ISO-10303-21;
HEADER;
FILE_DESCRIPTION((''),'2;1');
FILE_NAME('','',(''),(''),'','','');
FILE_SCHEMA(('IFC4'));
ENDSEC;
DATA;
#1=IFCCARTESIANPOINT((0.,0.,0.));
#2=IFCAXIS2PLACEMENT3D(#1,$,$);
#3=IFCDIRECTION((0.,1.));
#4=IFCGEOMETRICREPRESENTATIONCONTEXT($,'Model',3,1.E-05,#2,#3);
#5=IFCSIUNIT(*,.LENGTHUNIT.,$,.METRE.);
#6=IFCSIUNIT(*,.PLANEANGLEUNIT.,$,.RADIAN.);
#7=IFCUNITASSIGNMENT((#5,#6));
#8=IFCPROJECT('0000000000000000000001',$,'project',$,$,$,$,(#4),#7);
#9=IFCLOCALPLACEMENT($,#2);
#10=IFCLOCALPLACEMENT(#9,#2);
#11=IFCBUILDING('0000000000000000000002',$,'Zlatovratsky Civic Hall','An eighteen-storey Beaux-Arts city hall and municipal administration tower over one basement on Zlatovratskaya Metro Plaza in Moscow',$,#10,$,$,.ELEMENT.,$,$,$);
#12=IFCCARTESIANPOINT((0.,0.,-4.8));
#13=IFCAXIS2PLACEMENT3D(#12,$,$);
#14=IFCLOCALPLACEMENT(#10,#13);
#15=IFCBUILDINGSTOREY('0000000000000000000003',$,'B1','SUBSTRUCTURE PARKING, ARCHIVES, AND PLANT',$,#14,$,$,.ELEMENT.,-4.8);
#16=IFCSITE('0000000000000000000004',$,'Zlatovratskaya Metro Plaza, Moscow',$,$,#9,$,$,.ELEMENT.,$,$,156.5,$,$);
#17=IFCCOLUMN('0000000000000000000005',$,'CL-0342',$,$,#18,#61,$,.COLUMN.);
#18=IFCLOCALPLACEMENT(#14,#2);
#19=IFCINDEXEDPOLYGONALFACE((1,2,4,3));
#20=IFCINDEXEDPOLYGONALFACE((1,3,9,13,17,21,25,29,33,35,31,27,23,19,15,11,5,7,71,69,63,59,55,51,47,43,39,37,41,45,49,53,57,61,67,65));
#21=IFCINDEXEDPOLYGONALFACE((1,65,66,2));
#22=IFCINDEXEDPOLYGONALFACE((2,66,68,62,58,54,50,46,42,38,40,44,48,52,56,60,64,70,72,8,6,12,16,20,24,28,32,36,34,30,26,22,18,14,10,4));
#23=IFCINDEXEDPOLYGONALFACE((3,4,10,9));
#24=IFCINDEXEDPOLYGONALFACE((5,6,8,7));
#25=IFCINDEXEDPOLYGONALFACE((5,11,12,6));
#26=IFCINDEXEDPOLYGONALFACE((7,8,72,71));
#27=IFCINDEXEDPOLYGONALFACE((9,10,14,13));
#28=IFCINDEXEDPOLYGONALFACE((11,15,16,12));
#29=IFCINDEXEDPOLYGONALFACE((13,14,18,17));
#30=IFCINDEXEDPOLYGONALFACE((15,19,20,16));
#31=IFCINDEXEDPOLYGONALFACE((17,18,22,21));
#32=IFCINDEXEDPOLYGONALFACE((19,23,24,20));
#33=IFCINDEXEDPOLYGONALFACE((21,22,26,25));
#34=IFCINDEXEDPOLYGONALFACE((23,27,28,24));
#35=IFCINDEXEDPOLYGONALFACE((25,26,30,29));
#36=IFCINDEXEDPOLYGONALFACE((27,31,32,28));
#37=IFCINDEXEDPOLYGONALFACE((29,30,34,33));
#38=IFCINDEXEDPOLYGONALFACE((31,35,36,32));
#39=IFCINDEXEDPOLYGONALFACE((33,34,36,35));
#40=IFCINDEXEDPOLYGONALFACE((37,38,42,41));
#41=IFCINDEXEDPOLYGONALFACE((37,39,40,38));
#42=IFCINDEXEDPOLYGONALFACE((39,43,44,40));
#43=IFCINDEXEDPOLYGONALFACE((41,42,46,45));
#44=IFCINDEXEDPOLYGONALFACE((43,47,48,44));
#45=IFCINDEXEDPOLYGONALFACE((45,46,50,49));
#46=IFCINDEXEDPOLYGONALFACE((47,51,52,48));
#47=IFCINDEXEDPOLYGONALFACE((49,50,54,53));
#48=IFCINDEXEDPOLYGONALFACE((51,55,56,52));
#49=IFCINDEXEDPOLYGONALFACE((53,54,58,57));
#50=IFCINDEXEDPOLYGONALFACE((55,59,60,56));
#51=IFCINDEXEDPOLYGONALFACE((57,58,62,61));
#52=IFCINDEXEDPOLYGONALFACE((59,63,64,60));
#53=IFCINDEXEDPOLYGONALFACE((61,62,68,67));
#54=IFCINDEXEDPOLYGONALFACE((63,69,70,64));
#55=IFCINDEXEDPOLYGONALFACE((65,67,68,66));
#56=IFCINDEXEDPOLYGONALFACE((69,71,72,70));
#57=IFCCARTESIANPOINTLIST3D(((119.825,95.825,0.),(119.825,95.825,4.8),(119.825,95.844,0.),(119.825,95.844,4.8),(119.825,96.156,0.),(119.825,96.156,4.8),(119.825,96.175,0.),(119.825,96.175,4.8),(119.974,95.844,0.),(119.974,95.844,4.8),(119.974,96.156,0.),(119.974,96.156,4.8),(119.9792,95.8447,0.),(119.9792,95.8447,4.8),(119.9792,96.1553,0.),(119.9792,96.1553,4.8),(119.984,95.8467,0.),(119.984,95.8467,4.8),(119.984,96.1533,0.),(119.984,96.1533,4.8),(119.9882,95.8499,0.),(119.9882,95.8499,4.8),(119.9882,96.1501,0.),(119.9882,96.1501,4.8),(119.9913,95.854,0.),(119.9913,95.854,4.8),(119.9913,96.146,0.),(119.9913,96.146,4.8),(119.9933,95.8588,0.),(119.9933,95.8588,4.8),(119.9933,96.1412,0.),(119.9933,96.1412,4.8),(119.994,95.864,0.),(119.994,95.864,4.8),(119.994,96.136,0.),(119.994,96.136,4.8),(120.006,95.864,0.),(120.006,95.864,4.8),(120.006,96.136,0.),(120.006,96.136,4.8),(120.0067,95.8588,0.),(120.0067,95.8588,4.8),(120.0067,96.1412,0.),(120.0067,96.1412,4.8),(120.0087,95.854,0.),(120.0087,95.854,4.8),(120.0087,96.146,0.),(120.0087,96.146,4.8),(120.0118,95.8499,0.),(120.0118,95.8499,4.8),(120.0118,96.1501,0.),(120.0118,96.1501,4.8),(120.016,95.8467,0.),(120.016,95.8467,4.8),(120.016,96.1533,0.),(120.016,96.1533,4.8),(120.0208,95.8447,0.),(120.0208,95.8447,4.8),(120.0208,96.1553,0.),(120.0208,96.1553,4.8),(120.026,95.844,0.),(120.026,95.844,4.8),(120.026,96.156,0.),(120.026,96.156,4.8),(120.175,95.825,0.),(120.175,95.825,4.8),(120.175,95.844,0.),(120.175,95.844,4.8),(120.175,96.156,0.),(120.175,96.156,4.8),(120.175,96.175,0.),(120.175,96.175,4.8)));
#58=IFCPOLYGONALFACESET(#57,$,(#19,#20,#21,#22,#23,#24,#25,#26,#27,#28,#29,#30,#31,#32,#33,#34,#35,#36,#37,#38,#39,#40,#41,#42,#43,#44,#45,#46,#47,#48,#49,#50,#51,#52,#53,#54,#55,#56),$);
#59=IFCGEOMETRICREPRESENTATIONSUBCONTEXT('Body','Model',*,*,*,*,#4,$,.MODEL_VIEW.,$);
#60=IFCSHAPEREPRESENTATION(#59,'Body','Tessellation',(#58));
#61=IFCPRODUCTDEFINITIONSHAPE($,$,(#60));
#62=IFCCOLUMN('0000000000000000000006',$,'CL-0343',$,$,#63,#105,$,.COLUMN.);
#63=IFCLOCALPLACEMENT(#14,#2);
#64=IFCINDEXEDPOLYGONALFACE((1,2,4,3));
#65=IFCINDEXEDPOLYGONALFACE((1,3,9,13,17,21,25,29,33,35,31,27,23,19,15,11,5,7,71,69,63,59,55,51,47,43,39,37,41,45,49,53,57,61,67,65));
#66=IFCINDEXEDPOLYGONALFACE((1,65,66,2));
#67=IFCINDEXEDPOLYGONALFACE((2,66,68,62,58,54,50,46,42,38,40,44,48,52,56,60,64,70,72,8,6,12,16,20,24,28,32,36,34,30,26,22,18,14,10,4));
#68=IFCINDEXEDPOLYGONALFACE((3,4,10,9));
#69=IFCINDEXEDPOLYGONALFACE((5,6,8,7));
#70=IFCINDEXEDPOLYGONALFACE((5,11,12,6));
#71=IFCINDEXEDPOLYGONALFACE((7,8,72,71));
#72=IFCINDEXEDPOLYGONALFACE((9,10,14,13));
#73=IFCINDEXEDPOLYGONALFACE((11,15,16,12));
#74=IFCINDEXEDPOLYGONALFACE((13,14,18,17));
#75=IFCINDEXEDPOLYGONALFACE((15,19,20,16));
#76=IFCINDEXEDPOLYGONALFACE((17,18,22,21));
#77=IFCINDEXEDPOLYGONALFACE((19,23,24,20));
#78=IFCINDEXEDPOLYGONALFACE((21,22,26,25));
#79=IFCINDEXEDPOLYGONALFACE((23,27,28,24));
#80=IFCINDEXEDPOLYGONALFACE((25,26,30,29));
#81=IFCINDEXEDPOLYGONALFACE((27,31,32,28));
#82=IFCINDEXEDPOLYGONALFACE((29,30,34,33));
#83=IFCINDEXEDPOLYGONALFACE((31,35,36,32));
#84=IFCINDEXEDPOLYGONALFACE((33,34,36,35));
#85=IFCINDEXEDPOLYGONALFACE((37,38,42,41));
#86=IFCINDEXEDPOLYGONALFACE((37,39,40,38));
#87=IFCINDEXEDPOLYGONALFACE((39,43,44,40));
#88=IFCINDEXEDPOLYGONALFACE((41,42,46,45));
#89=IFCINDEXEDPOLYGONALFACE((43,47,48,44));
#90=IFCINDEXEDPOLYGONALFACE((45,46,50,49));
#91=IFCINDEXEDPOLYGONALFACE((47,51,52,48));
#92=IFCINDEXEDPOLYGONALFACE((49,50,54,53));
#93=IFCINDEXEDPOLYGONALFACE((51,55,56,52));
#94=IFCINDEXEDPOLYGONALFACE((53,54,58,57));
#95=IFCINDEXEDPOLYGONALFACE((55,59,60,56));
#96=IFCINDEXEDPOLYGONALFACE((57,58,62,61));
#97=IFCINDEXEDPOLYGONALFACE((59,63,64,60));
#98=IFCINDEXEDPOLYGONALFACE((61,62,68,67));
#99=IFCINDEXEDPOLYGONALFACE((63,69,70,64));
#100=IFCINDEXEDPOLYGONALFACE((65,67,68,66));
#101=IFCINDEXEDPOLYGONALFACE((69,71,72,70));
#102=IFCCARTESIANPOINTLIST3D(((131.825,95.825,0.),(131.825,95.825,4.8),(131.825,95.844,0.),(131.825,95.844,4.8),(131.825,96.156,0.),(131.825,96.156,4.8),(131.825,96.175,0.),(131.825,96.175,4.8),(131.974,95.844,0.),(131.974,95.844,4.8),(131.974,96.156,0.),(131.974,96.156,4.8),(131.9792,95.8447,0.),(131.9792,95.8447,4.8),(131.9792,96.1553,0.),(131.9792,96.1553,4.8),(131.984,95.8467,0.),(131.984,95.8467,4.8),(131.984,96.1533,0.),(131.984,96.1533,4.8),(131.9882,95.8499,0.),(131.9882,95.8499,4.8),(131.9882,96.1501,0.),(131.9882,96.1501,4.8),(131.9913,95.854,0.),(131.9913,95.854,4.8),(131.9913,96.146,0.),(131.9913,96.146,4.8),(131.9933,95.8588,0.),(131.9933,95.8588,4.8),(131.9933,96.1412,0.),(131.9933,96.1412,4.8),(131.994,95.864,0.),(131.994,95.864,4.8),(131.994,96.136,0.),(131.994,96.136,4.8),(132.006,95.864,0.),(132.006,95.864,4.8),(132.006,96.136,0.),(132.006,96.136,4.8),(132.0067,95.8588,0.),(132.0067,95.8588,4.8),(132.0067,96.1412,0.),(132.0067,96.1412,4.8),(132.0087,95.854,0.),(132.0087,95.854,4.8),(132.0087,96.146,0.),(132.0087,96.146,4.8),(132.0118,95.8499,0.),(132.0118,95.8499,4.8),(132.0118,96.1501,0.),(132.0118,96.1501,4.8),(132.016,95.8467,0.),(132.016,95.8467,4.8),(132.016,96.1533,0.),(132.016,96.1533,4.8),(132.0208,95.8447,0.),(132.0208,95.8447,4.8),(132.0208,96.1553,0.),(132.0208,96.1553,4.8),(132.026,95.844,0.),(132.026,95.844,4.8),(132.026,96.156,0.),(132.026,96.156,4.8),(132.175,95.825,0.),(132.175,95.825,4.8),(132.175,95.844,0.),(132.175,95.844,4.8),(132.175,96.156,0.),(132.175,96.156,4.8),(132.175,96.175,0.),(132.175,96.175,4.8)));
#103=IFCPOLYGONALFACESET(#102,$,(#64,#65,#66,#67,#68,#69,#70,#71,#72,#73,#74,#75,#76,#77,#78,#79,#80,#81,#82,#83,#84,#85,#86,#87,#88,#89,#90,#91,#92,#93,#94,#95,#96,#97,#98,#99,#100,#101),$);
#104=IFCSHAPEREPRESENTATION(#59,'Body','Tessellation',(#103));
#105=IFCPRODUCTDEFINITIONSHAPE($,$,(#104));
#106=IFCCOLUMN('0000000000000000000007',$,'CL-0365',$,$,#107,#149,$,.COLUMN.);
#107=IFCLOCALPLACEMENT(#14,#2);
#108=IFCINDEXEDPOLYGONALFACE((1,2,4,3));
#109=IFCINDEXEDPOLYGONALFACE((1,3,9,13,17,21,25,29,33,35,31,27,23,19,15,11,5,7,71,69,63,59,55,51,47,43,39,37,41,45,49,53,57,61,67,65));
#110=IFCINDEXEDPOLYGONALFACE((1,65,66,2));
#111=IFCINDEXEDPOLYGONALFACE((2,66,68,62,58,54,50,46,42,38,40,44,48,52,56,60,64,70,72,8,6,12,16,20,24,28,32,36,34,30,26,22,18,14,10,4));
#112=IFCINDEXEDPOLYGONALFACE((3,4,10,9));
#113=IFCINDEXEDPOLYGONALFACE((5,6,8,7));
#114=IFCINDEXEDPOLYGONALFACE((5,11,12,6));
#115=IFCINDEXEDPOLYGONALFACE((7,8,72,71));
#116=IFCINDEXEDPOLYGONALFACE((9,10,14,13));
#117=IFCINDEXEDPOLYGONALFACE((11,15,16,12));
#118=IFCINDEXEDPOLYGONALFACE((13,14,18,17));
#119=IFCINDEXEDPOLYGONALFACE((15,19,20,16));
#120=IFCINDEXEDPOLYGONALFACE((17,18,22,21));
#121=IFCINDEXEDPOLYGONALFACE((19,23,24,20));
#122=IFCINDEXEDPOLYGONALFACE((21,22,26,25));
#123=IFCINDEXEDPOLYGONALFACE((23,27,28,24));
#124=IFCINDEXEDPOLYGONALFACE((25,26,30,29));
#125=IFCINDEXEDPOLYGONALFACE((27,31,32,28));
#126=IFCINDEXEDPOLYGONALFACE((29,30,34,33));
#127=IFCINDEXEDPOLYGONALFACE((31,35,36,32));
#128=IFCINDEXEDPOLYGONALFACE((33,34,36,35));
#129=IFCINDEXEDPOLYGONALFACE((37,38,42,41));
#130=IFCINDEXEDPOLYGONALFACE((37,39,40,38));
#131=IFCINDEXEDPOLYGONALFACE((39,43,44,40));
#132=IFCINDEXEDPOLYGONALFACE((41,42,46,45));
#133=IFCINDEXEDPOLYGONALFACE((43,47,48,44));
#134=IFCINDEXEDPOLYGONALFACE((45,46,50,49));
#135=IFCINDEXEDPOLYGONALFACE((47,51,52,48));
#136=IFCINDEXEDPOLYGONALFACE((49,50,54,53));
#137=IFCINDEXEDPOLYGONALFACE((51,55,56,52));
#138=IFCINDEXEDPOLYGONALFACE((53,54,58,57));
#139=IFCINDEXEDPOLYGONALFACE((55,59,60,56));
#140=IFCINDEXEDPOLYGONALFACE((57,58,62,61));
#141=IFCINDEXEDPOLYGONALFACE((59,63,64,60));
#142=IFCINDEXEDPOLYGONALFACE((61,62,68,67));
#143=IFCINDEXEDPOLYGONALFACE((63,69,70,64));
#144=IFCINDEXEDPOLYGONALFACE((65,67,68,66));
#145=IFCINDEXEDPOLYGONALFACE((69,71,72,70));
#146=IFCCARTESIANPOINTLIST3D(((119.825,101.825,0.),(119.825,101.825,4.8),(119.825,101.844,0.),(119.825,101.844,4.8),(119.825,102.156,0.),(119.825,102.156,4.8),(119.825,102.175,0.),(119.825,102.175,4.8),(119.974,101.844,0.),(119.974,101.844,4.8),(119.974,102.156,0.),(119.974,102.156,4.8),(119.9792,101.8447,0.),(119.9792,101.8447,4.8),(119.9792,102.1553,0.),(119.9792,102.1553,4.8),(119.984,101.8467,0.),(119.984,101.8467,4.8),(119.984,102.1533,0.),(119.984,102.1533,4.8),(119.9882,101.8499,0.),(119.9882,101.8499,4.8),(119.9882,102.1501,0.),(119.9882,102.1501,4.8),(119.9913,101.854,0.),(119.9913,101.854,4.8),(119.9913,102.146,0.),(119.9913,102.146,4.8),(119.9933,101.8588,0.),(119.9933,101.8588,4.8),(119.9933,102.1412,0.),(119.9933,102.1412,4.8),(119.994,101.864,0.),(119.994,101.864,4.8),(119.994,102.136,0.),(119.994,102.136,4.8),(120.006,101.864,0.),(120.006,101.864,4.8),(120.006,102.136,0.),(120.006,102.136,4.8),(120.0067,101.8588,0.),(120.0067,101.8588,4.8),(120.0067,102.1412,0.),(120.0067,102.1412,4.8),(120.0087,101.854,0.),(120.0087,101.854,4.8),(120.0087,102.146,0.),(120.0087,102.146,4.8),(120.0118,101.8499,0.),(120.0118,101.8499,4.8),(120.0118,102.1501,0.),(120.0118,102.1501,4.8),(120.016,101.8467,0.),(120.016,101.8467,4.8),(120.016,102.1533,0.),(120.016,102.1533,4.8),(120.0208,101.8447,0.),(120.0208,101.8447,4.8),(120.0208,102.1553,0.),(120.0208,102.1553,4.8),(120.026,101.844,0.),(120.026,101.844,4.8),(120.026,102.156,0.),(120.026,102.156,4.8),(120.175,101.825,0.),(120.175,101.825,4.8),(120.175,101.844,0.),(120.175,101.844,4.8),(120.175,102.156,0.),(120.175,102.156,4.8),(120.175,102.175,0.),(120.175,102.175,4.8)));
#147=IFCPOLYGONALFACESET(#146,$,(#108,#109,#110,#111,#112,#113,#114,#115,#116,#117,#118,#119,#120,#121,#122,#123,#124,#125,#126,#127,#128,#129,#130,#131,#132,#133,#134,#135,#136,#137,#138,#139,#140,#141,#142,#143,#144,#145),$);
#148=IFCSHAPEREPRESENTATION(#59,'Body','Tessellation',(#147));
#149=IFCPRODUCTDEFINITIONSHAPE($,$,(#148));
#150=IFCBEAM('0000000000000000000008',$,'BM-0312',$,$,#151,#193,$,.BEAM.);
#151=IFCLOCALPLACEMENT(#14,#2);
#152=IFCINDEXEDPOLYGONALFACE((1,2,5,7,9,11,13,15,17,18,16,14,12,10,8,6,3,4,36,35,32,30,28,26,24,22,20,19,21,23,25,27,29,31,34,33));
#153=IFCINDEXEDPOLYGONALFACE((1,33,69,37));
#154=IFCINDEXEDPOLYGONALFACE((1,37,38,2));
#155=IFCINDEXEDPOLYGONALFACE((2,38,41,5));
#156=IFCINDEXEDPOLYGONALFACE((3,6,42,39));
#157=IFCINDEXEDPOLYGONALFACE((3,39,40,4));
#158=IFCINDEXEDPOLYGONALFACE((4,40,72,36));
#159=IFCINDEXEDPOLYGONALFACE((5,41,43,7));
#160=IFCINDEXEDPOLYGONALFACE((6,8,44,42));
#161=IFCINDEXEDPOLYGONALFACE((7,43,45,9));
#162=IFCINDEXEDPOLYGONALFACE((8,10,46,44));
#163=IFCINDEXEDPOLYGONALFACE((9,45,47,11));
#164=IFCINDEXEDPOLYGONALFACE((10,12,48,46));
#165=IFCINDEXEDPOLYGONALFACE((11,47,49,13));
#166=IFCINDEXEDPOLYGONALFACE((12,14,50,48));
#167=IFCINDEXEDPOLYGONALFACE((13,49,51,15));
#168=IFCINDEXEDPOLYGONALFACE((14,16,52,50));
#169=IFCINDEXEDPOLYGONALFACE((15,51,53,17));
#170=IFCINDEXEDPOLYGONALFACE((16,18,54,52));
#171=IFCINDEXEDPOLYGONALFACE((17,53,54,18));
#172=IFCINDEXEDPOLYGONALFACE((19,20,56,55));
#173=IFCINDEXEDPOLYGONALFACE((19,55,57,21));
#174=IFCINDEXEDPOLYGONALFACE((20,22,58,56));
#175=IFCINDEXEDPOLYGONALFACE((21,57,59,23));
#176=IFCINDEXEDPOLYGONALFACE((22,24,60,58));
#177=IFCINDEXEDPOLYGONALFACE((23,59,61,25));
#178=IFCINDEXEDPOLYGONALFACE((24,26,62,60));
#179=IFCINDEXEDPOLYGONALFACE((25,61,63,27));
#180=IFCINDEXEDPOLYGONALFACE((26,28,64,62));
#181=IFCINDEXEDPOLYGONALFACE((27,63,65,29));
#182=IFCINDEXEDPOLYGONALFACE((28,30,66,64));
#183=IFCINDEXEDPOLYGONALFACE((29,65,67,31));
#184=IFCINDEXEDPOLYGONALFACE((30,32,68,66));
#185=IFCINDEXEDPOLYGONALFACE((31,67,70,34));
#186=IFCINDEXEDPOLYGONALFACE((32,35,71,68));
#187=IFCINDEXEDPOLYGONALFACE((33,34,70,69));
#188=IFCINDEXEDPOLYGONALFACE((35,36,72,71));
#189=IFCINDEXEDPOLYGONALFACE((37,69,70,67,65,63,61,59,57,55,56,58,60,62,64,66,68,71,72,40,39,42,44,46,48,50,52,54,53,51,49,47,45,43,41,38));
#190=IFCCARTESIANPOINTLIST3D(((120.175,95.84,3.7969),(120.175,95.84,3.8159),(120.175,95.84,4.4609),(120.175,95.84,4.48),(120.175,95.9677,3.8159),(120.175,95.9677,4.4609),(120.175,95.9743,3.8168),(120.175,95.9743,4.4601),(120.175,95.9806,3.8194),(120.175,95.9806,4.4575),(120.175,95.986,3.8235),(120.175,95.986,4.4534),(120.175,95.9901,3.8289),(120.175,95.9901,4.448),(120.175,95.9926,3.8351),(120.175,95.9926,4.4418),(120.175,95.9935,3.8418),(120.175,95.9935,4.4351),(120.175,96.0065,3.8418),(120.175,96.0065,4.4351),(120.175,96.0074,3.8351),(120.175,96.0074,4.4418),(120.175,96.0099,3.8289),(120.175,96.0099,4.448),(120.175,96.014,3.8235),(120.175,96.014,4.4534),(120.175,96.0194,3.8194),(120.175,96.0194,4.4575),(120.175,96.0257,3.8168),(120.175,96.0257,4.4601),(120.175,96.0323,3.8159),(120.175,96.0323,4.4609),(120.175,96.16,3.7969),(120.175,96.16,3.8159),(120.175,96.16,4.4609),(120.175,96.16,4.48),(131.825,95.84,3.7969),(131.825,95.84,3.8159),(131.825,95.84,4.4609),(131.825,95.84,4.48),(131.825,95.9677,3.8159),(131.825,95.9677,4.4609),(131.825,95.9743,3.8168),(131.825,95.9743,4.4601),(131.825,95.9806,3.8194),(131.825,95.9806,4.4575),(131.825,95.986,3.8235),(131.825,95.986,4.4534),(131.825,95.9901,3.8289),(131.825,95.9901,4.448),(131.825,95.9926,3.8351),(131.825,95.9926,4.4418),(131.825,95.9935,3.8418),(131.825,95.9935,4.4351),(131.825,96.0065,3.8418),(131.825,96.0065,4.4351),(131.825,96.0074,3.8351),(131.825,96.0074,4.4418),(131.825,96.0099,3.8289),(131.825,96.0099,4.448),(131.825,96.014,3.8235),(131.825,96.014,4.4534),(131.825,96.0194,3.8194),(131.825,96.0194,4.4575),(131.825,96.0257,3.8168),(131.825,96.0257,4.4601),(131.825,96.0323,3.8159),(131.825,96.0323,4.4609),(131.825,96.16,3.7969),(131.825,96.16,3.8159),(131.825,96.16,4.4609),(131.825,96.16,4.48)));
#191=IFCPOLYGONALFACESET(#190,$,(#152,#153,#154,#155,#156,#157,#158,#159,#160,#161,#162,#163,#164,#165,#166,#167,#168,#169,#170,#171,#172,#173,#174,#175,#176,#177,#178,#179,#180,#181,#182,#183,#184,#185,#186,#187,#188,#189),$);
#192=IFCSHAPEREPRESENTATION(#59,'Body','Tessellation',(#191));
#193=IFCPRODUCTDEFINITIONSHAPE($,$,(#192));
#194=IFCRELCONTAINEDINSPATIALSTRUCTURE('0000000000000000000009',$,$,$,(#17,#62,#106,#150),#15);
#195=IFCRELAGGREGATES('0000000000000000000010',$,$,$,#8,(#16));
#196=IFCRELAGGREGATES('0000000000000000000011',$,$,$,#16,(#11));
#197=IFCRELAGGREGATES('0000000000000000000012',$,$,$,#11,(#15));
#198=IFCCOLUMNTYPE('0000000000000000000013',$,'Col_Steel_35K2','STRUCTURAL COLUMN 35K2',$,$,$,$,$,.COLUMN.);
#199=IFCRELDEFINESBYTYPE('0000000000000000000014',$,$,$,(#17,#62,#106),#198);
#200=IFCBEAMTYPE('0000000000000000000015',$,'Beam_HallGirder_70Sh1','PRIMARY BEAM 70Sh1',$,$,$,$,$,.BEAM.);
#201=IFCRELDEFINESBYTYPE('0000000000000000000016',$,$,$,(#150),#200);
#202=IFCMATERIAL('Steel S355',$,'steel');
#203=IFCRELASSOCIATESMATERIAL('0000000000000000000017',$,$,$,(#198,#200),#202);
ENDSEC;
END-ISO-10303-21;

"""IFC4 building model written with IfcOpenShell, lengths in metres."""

from ifc_helpers import new_model, si_unit, direction, frame, origin, origin_2d, place, context, subcontext, project, spatial, i_section, extrude, material, material_profile, profile_set, type_object, element, save


model = new_model("IFC4")

# Units and contexts
model_context = context("Model", 3, precision=1e-05, world=origin(), true_north=direction((0.0, 1.0)))
body_context = subcontext(model_context, "Body", "Model", "MODEL_VIEW")
ifc_project = project(units=[si_unit("LENGTHUNIT", "METRE"), si_unit("PLANEANGLEUNIT", "RADIAN")], contexts=[model_context])

# Site, building, storey
site_placement = place(None, origin())
site = spatial("IfcSite", under=ifc_project, at=site_placement, Name="Zlatovratskaya Metro Plaza, Moscow", CompositionType="ELEMENT", RefElevation=156.5)
building_placement = place(site_placement, origin())
building = spatial("IfcBuilding", under=site, at=building_placement, Name="Zlatovratsky Civic Hall", Description="An eighteen-storey Beaux-Arts city hall and municipal administration tower over one basement on Zlatovratskaya Metro Plaza in Moscow", CompositionType="ELEMENT")
storey_placement = place(building_placement, frame((0.0, 0.0, -4.8)))
storey = spatial("IfcBuildingStorey", under=building, at=storey_placement, Name="B1", Description="SUBSTRUCTURE PARKING, ARCHIVES, AND PLANT", CompositionType="ELEMENT", Elevation=-4.8)

# Columns
ifc_material_1 = material(Name="Steel S355", Category="steel")
ifc_material_profile_1 = material_profile(ifc_material_1, i_section(OverallWidth=0.3501, OverallDepth=0.3501, WebThickness=0.012, FlangeThickness=0.019, FilletRadius=0.02, at=origin_2d()), Name="35K2")
ifc_profile_set_1 = profile_set([ifc_material_profile_1], Name="Steel S355")
column_type = type_object("IfcColumnType", Name="Col_Steel_35K2", Description="STRUCTURAL COLUMN 35K2", PredefinedType="COLUMN", material=ifc_profile_set_1)
for number, where, z_axis, x_axis, name in (
    (1, (120.0, 96.0, 0.0), (0.0, 0.0, 1.0), (1.0, 0.0, 0.0), "CL-0342"),
    (2, (132.0, 96.0, 0.0), (0.0, 0.0, 1.0), (1.0, 0.0, 0.0), "CL-0343"),
    (3, (120.0, 102.0, 0.0), (0.0, 0.0, 1.0), (1.0, 0.0, 0.0), "CL-0365"),
):
    element("IfcColumn", number, at=place(storey_placement, frame(where, z_axis=z_axis, x_axis=x_axis)), inside=storey, type_object=column_type, Name=name, PredefinedType="COLUMN", context=body_context, shape_type="SweptSolid", body=[
        extrude(i_section(OverallWidth=0.3501, OverallDepth=0.3501, WebThickness=0.012, FlangeThickness=0.019, FilletRadius=0.02, at=origin_2d()), origin(), (0.0, 0.0, 1.0), 4.8),
    ])

# Beam
ifc_material_profile_2 = material_profile(ifc_material_1, i_section(OverallWidth=0.3201, OverallDepth=0.6831, WebThickness=0.0129, FlangeThickness=0.019, FilletRadius=0.0259, at=origin_2d()), Name="70Sh1")
ifc_profile_set_2 = profile_set([ifc_material_profile_2], Name="Steel S355")
beam_type_1 = type_object("IfcBeamType", Name="Beam_HallGirder_70Sh1", Description="PRIMARY BEAM 70Sh1", PredefinedType="BEAM", material=ifc_profile_set_2)
for number, where, z_axis, x_axis, name in (
    (4, (120.175, 96.0, 4.1384), (1.0, 0.0, 0.0), (0.0, 1.0, 0.0), "BM-0312"),
):
    element("IfcBeam", number, at=place(storey_placement, frame(where, z_axis=z_axis, x_axis=x_axis)), inside=storey, type_object=beam_type_1, Name=name, PredefinedType="BEAM", context=body_context, shape_type="SweptSolid", body=[
        extrude(i_section(OverallWidth=0.3201, OverallDepth=0.6831, WebThickness=0.0129, FlangeThickness=0.019, FilletRadius=0.0259, at=origin_2d()), origin(), (0.0, 0.0, 1.0), 11.6499),
    ])

save(model, "model.ifc")
